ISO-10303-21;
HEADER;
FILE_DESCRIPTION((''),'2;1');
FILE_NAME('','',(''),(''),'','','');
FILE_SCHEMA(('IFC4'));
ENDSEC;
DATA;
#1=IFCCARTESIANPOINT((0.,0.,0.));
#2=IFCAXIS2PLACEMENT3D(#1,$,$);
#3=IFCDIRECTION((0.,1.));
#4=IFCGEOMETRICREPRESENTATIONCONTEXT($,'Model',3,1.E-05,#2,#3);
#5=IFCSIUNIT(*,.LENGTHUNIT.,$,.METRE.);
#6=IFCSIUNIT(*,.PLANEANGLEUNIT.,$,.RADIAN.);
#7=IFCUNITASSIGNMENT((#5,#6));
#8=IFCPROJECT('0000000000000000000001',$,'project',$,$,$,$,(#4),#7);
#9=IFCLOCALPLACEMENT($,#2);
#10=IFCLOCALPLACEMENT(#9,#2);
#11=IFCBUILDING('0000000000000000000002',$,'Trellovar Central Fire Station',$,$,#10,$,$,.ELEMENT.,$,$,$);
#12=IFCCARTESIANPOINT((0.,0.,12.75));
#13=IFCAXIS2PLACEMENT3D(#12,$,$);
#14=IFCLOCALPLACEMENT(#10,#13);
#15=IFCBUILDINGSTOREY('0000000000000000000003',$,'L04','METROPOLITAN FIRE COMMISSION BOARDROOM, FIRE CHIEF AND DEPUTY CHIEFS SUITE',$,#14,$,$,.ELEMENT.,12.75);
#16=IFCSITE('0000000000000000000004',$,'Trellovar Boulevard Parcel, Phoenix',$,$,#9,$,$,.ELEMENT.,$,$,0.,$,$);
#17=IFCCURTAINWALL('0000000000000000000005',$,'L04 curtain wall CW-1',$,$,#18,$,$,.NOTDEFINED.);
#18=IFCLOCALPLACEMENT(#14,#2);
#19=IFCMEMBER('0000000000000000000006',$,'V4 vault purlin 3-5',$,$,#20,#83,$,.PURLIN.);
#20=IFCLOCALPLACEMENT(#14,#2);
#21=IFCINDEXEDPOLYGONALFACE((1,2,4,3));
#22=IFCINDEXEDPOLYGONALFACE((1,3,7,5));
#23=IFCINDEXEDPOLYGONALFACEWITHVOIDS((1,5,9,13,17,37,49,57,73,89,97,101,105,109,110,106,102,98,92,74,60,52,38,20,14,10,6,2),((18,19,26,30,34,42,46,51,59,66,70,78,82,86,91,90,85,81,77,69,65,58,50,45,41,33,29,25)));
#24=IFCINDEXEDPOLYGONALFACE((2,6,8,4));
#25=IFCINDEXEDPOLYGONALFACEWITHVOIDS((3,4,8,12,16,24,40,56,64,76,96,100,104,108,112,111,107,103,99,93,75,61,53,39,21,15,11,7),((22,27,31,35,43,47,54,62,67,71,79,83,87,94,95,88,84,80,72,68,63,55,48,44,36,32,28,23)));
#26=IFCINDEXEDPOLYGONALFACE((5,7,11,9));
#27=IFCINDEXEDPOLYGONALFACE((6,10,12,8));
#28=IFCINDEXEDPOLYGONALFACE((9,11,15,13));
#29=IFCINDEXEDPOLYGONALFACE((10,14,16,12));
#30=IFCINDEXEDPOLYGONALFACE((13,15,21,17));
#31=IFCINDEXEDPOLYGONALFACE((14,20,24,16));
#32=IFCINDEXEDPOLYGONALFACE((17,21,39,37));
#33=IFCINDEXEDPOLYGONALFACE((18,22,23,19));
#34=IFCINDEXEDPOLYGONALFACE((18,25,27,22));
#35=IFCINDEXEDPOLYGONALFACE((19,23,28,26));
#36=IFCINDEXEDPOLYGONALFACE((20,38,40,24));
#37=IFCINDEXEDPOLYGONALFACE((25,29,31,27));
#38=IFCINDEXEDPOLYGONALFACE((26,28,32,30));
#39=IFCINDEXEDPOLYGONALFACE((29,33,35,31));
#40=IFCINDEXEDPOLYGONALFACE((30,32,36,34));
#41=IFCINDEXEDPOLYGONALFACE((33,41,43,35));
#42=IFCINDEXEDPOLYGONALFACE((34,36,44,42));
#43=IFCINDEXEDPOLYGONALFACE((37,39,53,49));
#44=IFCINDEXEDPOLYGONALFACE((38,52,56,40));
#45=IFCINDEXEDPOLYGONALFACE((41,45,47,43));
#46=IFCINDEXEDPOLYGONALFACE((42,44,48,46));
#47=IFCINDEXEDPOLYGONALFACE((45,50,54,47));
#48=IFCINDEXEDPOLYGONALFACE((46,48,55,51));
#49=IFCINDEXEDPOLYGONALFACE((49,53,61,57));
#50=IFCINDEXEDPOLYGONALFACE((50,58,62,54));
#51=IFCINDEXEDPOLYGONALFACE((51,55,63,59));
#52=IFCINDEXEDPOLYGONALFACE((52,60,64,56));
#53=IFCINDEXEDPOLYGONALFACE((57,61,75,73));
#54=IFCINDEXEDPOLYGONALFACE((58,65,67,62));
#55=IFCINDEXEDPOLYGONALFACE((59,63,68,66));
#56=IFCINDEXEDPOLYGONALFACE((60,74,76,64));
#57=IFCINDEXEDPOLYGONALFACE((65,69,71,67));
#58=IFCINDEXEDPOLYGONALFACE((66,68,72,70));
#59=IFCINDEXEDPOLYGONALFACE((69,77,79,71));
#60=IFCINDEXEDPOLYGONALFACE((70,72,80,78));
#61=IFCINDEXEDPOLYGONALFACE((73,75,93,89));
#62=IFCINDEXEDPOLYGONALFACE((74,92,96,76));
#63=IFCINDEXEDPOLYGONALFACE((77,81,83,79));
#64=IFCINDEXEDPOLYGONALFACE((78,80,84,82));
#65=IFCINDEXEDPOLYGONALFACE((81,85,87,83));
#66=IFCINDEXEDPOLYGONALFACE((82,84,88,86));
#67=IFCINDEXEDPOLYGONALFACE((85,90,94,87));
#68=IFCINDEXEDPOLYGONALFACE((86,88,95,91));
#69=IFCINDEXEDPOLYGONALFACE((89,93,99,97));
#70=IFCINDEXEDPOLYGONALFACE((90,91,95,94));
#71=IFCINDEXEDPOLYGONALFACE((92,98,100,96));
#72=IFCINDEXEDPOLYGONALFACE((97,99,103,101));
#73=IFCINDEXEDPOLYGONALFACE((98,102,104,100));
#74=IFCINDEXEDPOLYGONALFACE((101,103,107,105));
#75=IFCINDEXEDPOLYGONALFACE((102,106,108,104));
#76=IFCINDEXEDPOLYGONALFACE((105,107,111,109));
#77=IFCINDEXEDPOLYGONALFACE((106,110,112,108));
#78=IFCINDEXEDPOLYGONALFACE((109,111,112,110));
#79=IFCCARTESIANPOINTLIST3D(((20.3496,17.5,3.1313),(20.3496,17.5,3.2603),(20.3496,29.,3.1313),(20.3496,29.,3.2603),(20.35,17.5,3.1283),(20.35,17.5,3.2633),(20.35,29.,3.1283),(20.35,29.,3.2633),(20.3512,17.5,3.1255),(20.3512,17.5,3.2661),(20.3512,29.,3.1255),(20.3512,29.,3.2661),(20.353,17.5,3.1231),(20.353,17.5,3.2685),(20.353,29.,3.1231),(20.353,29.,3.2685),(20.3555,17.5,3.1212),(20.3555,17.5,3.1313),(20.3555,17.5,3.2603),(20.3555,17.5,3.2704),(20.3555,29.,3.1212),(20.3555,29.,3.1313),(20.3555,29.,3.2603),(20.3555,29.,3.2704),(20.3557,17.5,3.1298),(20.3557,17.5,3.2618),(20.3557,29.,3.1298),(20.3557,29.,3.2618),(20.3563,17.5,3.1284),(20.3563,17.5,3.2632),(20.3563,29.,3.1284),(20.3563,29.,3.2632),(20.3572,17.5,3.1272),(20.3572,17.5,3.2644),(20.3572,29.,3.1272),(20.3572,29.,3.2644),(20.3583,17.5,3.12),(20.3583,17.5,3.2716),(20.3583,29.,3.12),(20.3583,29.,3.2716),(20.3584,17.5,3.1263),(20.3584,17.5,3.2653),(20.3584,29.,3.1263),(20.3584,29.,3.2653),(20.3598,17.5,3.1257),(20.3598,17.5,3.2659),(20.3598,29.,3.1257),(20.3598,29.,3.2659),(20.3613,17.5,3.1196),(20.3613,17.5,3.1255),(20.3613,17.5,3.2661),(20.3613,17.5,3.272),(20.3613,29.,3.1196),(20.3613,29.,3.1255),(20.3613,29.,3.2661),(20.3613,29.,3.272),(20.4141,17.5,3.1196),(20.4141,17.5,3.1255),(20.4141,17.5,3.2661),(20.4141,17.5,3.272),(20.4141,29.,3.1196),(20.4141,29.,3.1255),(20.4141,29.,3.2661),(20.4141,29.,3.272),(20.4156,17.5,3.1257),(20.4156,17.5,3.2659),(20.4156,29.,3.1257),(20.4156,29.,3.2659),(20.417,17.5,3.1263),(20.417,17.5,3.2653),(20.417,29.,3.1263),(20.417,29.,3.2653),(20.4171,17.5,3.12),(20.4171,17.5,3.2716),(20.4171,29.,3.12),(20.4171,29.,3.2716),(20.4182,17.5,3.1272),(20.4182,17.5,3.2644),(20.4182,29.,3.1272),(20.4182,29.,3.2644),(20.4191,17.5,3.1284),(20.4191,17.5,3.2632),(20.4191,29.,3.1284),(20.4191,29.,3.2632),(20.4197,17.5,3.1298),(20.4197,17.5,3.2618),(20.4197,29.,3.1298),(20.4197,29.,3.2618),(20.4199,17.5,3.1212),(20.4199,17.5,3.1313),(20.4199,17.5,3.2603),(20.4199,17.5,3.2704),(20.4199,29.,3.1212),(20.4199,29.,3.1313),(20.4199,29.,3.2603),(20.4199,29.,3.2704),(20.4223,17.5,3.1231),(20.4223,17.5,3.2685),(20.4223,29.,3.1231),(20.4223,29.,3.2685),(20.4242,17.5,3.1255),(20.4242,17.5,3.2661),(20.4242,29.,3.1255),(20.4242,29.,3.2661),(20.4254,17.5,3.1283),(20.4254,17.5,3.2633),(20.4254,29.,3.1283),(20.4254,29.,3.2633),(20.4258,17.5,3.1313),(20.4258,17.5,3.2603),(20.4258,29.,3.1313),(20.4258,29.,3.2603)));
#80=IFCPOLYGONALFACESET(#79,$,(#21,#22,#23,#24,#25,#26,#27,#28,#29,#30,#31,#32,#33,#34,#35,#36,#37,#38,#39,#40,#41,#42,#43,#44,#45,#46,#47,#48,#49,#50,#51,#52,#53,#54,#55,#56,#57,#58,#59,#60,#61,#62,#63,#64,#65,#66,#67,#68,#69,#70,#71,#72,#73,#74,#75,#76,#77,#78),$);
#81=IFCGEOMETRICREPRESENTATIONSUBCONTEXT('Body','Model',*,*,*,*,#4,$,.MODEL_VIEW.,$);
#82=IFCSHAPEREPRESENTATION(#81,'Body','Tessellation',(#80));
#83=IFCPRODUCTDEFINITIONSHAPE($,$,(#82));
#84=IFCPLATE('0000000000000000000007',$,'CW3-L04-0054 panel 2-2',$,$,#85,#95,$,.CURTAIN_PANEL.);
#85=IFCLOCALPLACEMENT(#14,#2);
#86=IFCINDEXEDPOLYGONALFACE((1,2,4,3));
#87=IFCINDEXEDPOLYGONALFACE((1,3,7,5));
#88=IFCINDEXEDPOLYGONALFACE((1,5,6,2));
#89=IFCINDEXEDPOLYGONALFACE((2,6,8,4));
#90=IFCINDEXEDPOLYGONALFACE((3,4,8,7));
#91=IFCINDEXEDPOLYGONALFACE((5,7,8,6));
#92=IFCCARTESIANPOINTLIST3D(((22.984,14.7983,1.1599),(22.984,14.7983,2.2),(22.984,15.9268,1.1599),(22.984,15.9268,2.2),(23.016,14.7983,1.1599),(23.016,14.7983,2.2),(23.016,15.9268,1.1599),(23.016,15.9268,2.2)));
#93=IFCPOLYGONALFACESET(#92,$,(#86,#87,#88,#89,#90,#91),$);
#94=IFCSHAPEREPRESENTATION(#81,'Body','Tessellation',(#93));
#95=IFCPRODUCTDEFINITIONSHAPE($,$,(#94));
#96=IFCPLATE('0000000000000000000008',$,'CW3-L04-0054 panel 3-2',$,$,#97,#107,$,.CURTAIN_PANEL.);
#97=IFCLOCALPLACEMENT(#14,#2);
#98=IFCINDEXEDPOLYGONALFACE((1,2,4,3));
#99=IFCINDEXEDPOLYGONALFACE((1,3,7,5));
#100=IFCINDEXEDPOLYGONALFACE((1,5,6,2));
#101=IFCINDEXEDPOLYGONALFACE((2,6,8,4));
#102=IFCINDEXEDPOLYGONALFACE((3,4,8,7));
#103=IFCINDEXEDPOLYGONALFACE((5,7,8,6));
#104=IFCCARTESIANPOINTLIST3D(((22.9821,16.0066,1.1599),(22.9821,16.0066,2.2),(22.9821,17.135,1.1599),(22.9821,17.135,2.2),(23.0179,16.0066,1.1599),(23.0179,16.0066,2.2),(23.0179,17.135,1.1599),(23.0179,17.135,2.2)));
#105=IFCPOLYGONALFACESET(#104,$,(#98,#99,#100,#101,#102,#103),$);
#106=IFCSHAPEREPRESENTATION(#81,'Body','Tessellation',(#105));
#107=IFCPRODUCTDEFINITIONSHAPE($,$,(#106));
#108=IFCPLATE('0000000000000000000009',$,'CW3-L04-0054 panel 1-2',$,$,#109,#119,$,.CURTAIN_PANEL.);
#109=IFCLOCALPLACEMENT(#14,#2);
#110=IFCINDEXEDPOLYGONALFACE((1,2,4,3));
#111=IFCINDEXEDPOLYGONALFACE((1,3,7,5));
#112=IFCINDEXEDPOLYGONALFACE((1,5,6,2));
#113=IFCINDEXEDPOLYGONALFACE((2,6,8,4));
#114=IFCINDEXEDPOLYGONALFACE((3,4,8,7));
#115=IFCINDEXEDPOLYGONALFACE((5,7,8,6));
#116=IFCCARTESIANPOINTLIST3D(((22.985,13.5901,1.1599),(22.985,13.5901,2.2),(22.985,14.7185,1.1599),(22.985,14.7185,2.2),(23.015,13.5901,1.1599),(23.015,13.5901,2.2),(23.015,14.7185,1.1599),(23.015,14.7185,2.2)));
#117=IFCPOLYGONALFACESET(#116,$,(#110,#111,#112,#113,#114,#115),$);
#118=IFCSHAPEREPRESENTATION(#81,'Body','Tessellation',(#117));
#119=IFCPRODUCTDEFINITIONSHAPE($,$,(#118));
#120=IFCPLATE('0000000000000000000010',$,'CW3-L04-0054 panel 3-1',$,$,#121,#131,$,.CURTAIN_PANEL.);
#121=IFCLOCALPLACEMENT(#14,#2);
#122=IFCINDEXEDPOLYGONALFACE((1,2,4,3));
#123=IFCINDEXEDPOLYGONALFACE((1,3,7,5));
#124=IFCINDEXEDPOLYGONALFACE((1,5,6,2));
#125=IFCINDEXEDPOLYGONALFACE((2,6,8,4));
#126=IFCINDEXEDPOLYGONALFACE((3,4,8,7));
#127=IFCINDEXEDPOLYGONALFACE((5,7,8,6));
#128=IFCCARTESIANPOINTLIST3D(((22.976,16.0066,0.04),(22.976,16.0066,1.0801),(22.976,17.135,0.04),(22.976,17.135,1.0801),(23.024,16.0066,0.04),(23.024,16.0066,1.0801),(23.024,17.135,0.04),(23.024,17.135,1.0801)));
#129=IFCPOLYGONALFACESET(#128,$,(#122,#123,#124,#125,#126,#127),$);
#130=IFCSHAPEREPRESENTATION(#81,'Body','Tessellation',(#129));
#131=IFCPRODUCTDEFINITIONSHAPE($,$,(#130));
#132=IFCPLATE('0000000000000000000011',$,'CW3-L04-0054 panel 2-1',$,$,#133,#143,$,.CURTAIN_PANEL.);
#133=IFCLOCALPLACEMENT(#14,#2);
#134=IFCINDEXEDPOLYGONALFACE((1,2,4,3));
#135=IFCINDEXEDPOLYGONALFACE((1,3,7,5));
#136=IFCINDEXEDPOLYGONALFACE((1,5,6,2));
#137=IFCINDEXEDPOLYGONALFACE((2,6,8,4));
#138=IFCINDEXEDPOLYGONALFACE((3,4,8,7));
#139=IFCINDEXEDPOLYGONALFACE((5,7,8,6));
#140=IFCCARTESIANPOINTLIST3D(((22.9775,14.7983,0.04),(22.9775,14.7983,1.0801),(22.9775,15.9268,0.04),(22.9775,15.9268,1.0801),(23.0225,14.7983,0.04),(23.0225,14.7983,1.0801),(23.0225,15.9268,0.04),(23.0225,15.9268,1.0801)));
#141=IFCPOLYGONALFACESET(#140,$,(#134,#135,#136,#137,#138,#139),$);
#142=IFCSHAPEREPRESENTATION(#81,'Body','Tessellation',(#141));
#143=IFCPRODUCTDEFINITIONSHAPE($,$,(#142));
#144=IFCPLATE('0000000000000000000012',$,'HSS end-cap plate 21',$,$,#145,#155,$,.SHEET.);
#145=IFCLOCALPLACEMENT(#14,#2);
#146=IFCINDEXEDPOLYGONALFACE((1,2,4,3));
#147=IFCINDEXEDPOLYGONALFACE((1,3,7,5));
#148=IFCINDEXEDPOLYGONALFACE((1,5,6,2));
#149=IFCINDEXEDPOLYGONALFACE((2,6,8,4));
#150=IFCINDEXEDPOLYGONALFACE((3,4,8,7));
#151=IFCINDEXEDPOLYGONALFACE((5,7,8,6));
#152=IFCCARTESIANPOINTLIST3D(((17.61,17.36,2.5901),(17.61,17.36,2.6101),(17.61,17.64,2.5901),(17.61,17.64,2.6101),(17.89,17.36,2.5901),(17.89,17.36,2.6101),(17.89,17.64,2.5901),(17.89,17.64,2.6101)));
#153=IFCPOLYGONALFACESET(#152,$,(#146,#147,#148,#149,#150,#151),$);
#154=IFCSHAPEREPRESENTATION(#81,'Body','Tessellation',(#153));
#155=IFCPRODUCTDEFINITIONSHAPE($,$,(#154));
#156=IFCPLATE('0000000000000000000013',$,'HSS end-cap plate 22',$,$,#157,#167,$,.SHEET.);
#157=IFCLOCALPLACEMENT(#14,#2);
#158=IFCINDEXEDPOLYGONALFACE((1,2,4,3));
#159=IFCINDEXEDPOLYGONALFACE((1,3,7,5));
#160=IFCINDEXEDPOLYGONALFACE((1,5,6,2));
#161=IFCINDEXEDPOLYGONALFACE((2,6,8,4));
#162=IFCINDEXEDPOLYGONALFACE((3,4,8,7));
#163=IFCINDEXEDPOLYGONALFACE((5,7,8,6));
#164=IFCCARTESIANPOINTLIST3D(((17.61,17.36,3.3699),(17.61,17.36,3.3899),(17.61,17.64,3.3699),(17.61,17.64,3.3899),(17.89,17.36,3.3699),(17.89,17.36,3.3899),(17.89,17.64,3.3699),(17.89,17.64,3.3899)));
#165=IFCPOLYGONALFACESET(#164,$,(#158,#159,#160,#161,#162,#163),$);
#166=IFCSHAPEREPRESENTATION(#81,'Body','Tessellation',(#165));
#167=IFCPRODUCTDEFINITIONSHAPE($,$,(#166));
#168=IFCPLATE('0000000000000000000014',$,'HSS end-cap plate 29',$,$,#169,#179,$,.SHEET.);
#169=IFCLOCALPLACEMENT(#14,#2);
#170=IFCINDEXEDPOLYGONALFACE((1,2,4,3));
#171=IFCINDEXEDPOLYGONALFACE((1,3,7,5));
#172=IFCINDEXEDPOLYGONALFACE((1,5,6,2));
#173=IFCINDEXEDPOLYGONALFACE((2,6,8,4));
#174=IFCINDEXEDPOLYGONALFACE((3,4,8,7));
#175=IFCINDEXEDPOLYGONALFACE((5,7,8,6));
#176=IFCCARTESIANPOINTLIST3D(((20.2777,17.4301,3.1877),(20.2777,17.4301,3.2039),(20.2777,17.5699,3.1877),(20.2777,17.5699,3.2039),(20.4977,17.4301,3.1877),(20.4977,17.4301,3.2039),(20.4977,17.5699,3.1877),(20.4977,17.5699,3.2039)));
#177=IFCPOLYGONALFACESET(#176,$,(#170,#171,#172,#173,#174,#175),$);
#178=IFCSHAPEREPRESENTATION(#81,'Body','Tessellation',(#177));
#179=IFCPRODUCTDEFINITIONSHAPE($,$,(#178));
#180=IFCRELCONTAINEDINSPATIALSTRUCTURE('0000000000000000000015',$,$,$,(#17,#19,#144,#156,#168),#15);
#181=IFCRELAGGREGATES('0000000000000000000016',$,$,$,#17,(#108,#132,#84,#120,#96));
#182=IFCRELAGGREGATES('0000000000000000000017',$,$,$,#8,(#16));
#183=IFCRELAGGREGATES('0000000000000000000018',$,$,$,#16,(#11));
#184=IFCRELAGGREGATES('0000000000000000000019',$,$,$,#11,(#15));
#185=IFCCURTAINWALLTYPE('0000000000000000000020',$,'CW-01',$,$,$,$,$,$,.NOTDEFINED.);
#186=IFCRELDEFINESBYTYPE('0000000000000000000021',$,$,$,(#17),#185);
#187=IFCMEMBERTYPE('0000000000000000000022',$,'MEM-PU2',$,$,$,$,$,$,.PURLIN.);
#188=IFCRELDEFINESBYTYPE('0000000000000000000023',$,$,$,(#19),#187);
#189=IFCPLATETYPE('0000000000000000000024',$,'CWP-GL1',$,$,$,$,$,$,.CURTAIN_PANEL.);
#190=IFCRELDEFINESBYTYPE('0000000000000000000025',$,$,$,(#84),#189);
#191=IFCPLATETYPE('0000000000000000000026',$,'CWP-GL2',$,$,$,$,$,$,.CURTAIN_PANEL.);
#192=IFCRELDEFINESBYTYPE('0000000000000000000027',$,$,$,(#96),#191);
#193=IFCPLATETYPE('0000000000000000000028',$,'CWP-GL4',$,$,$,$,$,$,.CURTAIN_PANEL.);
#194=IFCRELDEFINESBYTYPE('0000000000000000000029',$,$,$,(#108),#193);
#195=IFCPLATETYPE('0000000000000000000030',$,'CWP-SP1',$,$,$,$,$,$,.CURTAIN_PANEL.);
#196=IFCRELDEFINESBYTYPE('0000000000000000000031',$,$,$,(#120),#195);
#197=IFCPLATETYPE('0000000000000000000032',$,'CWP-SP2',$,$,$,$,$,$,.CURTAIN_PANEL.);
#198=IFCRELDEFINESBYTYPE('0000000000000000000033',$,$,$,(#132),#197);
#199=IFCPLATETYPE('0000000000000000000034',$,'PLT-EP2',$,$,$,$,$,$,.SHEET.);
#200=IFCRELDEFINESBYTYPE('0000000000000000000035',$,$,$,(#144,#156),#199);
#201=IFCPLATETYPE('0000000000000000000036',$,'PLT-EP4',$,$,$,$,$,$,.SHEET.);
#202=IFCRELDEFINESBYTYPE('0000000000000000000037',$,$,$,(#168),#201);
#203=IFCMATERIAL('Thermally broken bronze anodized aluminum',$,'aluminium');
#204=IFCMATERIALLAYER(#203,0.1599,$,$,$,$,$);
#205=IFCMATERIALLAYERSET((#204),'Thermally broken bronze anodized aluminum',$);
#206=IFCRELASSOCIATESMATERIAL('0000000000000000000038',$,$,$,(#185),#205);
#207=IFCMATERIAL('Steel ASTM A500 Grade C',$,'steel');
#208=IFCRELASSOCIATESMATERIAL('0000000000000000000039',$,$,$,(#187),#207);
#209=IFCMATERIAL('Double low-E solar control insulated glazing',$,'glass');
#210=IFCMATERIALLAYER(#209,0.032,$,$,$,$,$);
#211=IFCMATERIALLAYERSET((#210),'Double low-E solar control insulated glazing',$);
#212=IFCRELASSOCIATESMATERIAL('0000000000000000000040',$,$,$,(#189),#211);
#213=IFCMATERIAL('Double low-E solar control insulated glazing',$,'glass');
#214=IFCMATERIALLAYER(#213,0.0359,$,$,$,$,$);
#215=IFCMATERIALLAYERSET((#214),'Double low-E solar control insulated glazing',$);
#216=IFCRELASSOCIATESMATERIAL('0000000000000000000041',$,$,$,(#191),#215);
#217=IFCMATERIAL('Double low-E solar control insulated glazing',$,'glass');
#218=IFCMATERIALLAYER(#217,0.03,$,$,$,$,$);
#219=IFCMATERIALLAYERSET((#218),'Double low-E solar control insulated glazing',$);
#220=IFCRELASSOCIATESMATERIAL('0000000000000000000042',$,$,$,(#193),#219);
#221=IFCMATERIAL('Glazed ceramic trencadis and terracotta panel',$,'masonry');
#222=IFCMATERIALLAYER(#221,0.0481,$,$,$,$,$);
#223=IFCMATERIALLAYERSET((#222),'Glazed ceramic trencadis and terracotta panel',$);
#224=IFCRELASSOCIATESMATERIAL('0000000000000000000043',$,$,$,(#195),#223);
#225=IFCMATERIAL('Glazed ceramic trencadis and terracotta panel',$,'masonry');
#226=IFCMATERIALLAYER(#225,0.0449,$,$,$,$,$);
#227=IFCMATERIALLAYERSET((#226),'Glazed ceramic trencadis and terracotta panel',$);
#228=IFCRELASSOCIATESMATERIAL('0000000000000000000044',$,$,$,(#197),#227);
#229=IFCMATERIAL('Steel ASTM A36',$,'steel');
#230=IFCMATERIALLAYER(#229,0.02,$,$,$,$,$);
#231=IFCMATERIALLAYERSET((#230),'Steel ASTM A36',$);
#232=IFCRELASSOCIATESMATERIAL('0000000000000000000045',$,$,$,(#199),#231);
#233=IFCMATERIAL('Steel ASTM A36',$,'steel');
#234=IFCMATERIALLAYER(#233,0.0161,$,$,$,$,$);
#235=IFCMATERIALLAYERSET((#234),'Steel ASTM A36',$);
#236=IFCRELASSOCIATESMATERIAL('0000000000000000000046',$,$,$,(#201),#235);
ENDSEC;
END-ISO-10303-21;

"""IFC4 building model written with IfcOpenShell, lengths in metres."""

from ifc_helpers import new_model, si_unit, direction, frame, origin, origin_2d, place, context, subcontext, project, spatial, rectangle, hollow_rectangle, extrude, material, layer, layer_set, material_profile, profile_set, type_object, element, aggregate, save


model = new_model("IFC4")

# Units and contexts
model_context = context("Model", 3, precision=1e-05, world=origin(), true_north=direction((0.0, 1.0)))
body_context = subcontext(model_context, "Body", "Model", "MODEL_VIEW")
ifc_project = project(units=[si_unit("LENGTHUNIT", "METRE"), si_unit("PLANEANGLEUNIT", "RADIAN")], contexts=[model_context])

# Site, building, storey
site_placement = place(None, origin())
site = spatial("IfcSite", under=ifc_project, at=site_placement, Name="Trellovar Boulevard Parcel, Phoenix", CompositionType="ELEMENT", RefElevation=0.0)
building_placement = place(site_placement, origin())
building = spatial("IfcBuilding", under=site, at=building_placement, Name="Trellovar Central Fire Station", CompositionType="ELEMENT")
storey_placement = place(building_placement, frame((0.0, 0.0, 12.75)))
storey = spatial("IfcBuildingStorey", under=building, at=storey_placement, Name="L04", Description="METROPOLITAN FIRE COMMISSION BOARDROOM, FIRE CHIEF AND DEPUTY CHIEFS SUITE", CompositionType="ELEMENT", Elevation=12.75)

# Curtain wall
ifc_material_1 = material(Name="Thermally broken bronze anodized aluminum", Category="aluminium")
ifc_layer_1 = layer(ifc_material_1, 0.1599)
ifc_layer_set_1 = layer_set([ifc_layer_1], Name="Thermally broken bronze anodized aluminum")
curtain_wall_type_1 = type_object("IfcCurtainWallType", Name="CW-01", PredefinedType="NOTDEFINED", material=ifc_layer_set_1)
curtain_wall_1_placement = place(storey_placement, origin())
curtain_wall_1 = element("IfcCurtainWall", 1, at=curtain_wall_1_placement, inside=storey, type_object=curtain_wall_type_1, Name="L04 curtain wall CW-1", PredefinedType="NOTDEFINED")

# Member
ifc_material_2 = material(Name="Steel ASTM A500 Grade C", Category="steel")
ifc_material_profile_1 = material_profile(ifc_material_2, hollow_rectangle(XDim=0.0762, YDim=0.1523, WallThickness=0.0059, InnerFilletRadius=0.0059, OuterFilletRadius=0.0117, at=origin_2d()), Name="HSS6X3X1/4")
ifc_profile_set_1 = profile_set([ifc_material_profile_1], Name="Steel ASTM A500 Grade C")
member_type_1 = type_object("IfcMemberType", Name="MEM-PU2", PredefinedType="PURLIN", material=ifc_profile_set_1)
member_1_placement = place(storey_placement, frame((20.3877, 17.5, 3.1958), z_axis=(0.0, 1.0, 0.0), x_axis=(-1.0, 0.0, 0.0)))
element("IfcMember", 2, at=member_1_placement, inside=storey, type_object=member_type_1, Name="V4 vault purlin 3-5", PredefinedType="PURLIN", context=body_context, shape_type="SweptSolid", body=[
    extrude(hollow_rectangle(XDim=0.0762, YDim=0.1523, WallThickness=0.0059, InnerFilletRadius=0.0059, OuterFilletRadius=0.0117, at=origin_2d()), origin(), (0.0, 0.0, 1.0), 11.5),
])

# Plates
ifc_material_3 = material(Name="Double low-E solar control insulated glazing", Category="glass")
ifc_layer_2 = layer(ifc_material_3, 0.032)
ifc_layer_set_2 = layer_set([ifc_layer_2], Name="Double low-E solar control insulated glazing")
plate_type_1 = type_object("IfcPlateType", Name="CWP-GL1", PredefinedType="CURTAIN_PANEL", material=ifc_layer_set_2)
plate_1_placement = place(storey_placement, frame((23.0, 15.3625, 1.1599), z_axis=(0.0, 0.0, 1.0), x_axis=(0.0, 1.0, 0.0)))
plate_1 = element("IfcPlate", 3, at=plate_1_placement, type_object=plate_type_1, Name="CW3-L04-0054 panel 2-2", PredefinedType="CURTAIN_PANEL", context=body_context, shape_type="SweptSolid", body=[
    extrude(rectangle(XDim=1.1284, YDim=0.032, at=origin_2d()), origin(), (0.0, 0.0, 1.0), 1.04),
])
ifc_material_4 = material(Name="Double low-E solar control insulated glazing", Category="glass")
ifc_layer_3 = layer(ifc_material_4, 0.0359)
ifc_layer_set_3 = layer_set([ifc_layer_3], Name="Double low-E solar control insulated glazing")
plate_type_2 = type_object("IfcPlateType", Name="CWP-GL2", PredefinedType="CURTAIN_PANEL", material=ifc_layer_set_3)
plate_2_placement = place(storey_placement, frame((23.0, 16.5708, 1.1599), z_axis=(0.0, 0.0, 1.0), x_axis=(0.0, 1.0, 0.0)))
plate_2 = element("IfcPlate", 4, at=plate_2_placement, type_object=plate_type_2, Name="CW3-L04-0054 panel 3-2", PredefinedType="CURTAIN_PANEL", context=body_context, shape_type="SweptSolid", body=[
    extrude(rectangle(XDim=1.1284, YDim=0.0359, at=origin_2d()), origin(), (0.0, 0.0, 1.0), 1.04),
])
ifc_material_5 = material(Name="Double low-E solar control insulated glazing", Category="glass")
ifc_layer_4 = layer(ifc_material_5, 0.03)
ifc_layer_set_4 = layer_set([ifc_layer_4], Name="Double low-E solar control insulated glazing")
plate_type_3 = type_object("IfcPlateType", Name="CWP-GL4", PredefinedType="CURTAIN_PANEL", material=ifc_layer_set_4)
plate_3_placement = place(storey_placement, frame((23.0, 14.1543, 1.1599), z_axis=(0.0, 0.0, 1.0), x_axis=(0.0, 1.0, 0.0)))
plate_3 = element("IfcPlate", 5, at=plate_3_placement, type_object=plate_type_3, Name="CW3-L04-0054 panel 1-2", PredefinedType="CURTAIN_PANEL", context=body_context, shape_type="SweptSolid", body=[
    extrude(rectangle(XDim=1.1284, YDim=0.03, at=origin_2d()), origin(), (0.0, 0.0, 1.0), 1.04),
])
ifc_material_6 = material(Name="Glazed ceramic trencadis and terracotta panel", Category="masonry")
ifc_layer_5 = layer(ifc_material_6, 0.0481)
ifc_layer_set_5 = layer_set([ifc_layer_5], Name="Glazed ceramic trencadis and terracotta panel")
plate_type_4 = type_object("IfcPlateType", Name="CWP-SP1", PredefinedType="CURTAIN_PANEL", material=ifc_layer_set_5)
plate_4_placement = place(storey_placement, frame((23.0, 16.5708, 0.04), z_axis=(0.0, 0.0, 1.0), x_axis=(0.0, 1.0, 0.0)))
plate_4 = element("IfcPlate", 6, at=plate_4_placement, type_object=plate_type_4, Name="CW3-L04-0054 panel 3-1", PredefinedType="CURTAIN_PANEL", context=body_context, shape_type="SweptSolid", body=[
    extrude(rectangle(XDim=1.1284, YDim=0.0481, at=origin_2d()), origin(), (0.0, 0.0, 1.0), 1.04),
])
ifc_material_7 = material(Name="Glazed ceramic trencadis and terracotta panel", Category="masonry")
ifc_layer_6 = layer(ifc_material_7, 0.0449)
ifc_layer_set_6 = layer_set([ifc_layer_6], Name="Glazed ceramic trencadis and terracotta panel")
plate_type_5 = type_object("IfcPlateType", Name="CWP-SP2", PredefinedType="CURTAIN_PANEL", material=ifc_layer_set_6)
plate_5_placement = place(storey_placement, frame((23.0, 15.3625, 0.04), z_axis=(0.0, 0.0, 1.0), x_axis=(0.0, 1.0, 0.0)))
plate_5 = element("IfcPlate", 7, at=plate_5_placement, type_object=plate_type_5, Name="CW3-L04-0054 panel 2-1", PredefinedType="CURTAIN_PANEL", context=body_context, shape_type="SweptSolid", body=[
    extrude(rectangle(XDim=1.1284, YDim=0.0449, at=origin_2d()), origin(), (0.0, 0.0, 1.0), 1.04),
])
aggregate(curtain_wall_1, [plate_3, plate_5, plate_1, plate_4, plate_2])

# Plates
ifc_material_8 = material(Name="Steel ASTM A36", Category="steel")
ifc_layer_7 = layer(ifc_material_8, 0.02)
ifc_layer_set_7 = layer_set([ifc_layer_7], Name="Steel ASTM A36")
plate_type_6 = type_object("IfcPlateType", Name="PLT-EP2", PredefinedType="SHEET", material=ifc_layer_set_7)
for number, where, z_axis, x_axis, name in (
    (8, (17.75, 17.5, 2.5901), (0.0, 0.0, 1.0), (1.0, 0.0, 0.0), "HSS end-cap plate 21"),
    (9, (17.75, 17.5, 3.3699), (0.0, 0.0, 1.0), (1.0, 0.0, 0.0), "HSS end-cap plate 22"),
):
    element("IfcPlate", number, at=place(storey_placement, frame(where, z_axis=z_axis, x_axis=x_axis)), inside=storey, type_object=plate_type_6, Name=name, PredefinedType="SHEET", context=body_context, shape_type="SweptSolid", body=[
        extrude(rectangle(XDim=0.28, YDim=0.28, at=origin_2d()), origin(), (0.0, 0.0, 1.0), 0.02),
    ])
ifc_material_9 = material(Name="Steel ASTM A36", Category="steel")
ifc_layer_8 = layer(ifc_material_9, 0.0161)
ifc_layer_set_8 = layer_set([ifc_layer_8], Name="Steel ASTM A36")
plate_type_7 = type_object("IfcPlateType", Name="PLT-EP4", PredefinedType="SHEET", material=ifc_layer_set_8)
plate_6_placement = place(storey_placement, frame((20.3877, 17.5, 3.1877), z_axis=(0.0, 0.0, 1.0), x_axis=(1.0, 0.0, 0.0)))
element("IfcPlate", 10, at=plate_6_placement, inside=storey, type_object=plate_type_7, Name="HSS end-cap plate 29", PredefinedType="SHEET", context=body_context, shape_type="SweptSolid", body=[
    extrude(rectangle(XDim=0.22, YDim=0.1399, at=origin_2d()), origin(), (0.0, 0.0, 1.0), 0.0161),
])

save(model, "model.ifc")
